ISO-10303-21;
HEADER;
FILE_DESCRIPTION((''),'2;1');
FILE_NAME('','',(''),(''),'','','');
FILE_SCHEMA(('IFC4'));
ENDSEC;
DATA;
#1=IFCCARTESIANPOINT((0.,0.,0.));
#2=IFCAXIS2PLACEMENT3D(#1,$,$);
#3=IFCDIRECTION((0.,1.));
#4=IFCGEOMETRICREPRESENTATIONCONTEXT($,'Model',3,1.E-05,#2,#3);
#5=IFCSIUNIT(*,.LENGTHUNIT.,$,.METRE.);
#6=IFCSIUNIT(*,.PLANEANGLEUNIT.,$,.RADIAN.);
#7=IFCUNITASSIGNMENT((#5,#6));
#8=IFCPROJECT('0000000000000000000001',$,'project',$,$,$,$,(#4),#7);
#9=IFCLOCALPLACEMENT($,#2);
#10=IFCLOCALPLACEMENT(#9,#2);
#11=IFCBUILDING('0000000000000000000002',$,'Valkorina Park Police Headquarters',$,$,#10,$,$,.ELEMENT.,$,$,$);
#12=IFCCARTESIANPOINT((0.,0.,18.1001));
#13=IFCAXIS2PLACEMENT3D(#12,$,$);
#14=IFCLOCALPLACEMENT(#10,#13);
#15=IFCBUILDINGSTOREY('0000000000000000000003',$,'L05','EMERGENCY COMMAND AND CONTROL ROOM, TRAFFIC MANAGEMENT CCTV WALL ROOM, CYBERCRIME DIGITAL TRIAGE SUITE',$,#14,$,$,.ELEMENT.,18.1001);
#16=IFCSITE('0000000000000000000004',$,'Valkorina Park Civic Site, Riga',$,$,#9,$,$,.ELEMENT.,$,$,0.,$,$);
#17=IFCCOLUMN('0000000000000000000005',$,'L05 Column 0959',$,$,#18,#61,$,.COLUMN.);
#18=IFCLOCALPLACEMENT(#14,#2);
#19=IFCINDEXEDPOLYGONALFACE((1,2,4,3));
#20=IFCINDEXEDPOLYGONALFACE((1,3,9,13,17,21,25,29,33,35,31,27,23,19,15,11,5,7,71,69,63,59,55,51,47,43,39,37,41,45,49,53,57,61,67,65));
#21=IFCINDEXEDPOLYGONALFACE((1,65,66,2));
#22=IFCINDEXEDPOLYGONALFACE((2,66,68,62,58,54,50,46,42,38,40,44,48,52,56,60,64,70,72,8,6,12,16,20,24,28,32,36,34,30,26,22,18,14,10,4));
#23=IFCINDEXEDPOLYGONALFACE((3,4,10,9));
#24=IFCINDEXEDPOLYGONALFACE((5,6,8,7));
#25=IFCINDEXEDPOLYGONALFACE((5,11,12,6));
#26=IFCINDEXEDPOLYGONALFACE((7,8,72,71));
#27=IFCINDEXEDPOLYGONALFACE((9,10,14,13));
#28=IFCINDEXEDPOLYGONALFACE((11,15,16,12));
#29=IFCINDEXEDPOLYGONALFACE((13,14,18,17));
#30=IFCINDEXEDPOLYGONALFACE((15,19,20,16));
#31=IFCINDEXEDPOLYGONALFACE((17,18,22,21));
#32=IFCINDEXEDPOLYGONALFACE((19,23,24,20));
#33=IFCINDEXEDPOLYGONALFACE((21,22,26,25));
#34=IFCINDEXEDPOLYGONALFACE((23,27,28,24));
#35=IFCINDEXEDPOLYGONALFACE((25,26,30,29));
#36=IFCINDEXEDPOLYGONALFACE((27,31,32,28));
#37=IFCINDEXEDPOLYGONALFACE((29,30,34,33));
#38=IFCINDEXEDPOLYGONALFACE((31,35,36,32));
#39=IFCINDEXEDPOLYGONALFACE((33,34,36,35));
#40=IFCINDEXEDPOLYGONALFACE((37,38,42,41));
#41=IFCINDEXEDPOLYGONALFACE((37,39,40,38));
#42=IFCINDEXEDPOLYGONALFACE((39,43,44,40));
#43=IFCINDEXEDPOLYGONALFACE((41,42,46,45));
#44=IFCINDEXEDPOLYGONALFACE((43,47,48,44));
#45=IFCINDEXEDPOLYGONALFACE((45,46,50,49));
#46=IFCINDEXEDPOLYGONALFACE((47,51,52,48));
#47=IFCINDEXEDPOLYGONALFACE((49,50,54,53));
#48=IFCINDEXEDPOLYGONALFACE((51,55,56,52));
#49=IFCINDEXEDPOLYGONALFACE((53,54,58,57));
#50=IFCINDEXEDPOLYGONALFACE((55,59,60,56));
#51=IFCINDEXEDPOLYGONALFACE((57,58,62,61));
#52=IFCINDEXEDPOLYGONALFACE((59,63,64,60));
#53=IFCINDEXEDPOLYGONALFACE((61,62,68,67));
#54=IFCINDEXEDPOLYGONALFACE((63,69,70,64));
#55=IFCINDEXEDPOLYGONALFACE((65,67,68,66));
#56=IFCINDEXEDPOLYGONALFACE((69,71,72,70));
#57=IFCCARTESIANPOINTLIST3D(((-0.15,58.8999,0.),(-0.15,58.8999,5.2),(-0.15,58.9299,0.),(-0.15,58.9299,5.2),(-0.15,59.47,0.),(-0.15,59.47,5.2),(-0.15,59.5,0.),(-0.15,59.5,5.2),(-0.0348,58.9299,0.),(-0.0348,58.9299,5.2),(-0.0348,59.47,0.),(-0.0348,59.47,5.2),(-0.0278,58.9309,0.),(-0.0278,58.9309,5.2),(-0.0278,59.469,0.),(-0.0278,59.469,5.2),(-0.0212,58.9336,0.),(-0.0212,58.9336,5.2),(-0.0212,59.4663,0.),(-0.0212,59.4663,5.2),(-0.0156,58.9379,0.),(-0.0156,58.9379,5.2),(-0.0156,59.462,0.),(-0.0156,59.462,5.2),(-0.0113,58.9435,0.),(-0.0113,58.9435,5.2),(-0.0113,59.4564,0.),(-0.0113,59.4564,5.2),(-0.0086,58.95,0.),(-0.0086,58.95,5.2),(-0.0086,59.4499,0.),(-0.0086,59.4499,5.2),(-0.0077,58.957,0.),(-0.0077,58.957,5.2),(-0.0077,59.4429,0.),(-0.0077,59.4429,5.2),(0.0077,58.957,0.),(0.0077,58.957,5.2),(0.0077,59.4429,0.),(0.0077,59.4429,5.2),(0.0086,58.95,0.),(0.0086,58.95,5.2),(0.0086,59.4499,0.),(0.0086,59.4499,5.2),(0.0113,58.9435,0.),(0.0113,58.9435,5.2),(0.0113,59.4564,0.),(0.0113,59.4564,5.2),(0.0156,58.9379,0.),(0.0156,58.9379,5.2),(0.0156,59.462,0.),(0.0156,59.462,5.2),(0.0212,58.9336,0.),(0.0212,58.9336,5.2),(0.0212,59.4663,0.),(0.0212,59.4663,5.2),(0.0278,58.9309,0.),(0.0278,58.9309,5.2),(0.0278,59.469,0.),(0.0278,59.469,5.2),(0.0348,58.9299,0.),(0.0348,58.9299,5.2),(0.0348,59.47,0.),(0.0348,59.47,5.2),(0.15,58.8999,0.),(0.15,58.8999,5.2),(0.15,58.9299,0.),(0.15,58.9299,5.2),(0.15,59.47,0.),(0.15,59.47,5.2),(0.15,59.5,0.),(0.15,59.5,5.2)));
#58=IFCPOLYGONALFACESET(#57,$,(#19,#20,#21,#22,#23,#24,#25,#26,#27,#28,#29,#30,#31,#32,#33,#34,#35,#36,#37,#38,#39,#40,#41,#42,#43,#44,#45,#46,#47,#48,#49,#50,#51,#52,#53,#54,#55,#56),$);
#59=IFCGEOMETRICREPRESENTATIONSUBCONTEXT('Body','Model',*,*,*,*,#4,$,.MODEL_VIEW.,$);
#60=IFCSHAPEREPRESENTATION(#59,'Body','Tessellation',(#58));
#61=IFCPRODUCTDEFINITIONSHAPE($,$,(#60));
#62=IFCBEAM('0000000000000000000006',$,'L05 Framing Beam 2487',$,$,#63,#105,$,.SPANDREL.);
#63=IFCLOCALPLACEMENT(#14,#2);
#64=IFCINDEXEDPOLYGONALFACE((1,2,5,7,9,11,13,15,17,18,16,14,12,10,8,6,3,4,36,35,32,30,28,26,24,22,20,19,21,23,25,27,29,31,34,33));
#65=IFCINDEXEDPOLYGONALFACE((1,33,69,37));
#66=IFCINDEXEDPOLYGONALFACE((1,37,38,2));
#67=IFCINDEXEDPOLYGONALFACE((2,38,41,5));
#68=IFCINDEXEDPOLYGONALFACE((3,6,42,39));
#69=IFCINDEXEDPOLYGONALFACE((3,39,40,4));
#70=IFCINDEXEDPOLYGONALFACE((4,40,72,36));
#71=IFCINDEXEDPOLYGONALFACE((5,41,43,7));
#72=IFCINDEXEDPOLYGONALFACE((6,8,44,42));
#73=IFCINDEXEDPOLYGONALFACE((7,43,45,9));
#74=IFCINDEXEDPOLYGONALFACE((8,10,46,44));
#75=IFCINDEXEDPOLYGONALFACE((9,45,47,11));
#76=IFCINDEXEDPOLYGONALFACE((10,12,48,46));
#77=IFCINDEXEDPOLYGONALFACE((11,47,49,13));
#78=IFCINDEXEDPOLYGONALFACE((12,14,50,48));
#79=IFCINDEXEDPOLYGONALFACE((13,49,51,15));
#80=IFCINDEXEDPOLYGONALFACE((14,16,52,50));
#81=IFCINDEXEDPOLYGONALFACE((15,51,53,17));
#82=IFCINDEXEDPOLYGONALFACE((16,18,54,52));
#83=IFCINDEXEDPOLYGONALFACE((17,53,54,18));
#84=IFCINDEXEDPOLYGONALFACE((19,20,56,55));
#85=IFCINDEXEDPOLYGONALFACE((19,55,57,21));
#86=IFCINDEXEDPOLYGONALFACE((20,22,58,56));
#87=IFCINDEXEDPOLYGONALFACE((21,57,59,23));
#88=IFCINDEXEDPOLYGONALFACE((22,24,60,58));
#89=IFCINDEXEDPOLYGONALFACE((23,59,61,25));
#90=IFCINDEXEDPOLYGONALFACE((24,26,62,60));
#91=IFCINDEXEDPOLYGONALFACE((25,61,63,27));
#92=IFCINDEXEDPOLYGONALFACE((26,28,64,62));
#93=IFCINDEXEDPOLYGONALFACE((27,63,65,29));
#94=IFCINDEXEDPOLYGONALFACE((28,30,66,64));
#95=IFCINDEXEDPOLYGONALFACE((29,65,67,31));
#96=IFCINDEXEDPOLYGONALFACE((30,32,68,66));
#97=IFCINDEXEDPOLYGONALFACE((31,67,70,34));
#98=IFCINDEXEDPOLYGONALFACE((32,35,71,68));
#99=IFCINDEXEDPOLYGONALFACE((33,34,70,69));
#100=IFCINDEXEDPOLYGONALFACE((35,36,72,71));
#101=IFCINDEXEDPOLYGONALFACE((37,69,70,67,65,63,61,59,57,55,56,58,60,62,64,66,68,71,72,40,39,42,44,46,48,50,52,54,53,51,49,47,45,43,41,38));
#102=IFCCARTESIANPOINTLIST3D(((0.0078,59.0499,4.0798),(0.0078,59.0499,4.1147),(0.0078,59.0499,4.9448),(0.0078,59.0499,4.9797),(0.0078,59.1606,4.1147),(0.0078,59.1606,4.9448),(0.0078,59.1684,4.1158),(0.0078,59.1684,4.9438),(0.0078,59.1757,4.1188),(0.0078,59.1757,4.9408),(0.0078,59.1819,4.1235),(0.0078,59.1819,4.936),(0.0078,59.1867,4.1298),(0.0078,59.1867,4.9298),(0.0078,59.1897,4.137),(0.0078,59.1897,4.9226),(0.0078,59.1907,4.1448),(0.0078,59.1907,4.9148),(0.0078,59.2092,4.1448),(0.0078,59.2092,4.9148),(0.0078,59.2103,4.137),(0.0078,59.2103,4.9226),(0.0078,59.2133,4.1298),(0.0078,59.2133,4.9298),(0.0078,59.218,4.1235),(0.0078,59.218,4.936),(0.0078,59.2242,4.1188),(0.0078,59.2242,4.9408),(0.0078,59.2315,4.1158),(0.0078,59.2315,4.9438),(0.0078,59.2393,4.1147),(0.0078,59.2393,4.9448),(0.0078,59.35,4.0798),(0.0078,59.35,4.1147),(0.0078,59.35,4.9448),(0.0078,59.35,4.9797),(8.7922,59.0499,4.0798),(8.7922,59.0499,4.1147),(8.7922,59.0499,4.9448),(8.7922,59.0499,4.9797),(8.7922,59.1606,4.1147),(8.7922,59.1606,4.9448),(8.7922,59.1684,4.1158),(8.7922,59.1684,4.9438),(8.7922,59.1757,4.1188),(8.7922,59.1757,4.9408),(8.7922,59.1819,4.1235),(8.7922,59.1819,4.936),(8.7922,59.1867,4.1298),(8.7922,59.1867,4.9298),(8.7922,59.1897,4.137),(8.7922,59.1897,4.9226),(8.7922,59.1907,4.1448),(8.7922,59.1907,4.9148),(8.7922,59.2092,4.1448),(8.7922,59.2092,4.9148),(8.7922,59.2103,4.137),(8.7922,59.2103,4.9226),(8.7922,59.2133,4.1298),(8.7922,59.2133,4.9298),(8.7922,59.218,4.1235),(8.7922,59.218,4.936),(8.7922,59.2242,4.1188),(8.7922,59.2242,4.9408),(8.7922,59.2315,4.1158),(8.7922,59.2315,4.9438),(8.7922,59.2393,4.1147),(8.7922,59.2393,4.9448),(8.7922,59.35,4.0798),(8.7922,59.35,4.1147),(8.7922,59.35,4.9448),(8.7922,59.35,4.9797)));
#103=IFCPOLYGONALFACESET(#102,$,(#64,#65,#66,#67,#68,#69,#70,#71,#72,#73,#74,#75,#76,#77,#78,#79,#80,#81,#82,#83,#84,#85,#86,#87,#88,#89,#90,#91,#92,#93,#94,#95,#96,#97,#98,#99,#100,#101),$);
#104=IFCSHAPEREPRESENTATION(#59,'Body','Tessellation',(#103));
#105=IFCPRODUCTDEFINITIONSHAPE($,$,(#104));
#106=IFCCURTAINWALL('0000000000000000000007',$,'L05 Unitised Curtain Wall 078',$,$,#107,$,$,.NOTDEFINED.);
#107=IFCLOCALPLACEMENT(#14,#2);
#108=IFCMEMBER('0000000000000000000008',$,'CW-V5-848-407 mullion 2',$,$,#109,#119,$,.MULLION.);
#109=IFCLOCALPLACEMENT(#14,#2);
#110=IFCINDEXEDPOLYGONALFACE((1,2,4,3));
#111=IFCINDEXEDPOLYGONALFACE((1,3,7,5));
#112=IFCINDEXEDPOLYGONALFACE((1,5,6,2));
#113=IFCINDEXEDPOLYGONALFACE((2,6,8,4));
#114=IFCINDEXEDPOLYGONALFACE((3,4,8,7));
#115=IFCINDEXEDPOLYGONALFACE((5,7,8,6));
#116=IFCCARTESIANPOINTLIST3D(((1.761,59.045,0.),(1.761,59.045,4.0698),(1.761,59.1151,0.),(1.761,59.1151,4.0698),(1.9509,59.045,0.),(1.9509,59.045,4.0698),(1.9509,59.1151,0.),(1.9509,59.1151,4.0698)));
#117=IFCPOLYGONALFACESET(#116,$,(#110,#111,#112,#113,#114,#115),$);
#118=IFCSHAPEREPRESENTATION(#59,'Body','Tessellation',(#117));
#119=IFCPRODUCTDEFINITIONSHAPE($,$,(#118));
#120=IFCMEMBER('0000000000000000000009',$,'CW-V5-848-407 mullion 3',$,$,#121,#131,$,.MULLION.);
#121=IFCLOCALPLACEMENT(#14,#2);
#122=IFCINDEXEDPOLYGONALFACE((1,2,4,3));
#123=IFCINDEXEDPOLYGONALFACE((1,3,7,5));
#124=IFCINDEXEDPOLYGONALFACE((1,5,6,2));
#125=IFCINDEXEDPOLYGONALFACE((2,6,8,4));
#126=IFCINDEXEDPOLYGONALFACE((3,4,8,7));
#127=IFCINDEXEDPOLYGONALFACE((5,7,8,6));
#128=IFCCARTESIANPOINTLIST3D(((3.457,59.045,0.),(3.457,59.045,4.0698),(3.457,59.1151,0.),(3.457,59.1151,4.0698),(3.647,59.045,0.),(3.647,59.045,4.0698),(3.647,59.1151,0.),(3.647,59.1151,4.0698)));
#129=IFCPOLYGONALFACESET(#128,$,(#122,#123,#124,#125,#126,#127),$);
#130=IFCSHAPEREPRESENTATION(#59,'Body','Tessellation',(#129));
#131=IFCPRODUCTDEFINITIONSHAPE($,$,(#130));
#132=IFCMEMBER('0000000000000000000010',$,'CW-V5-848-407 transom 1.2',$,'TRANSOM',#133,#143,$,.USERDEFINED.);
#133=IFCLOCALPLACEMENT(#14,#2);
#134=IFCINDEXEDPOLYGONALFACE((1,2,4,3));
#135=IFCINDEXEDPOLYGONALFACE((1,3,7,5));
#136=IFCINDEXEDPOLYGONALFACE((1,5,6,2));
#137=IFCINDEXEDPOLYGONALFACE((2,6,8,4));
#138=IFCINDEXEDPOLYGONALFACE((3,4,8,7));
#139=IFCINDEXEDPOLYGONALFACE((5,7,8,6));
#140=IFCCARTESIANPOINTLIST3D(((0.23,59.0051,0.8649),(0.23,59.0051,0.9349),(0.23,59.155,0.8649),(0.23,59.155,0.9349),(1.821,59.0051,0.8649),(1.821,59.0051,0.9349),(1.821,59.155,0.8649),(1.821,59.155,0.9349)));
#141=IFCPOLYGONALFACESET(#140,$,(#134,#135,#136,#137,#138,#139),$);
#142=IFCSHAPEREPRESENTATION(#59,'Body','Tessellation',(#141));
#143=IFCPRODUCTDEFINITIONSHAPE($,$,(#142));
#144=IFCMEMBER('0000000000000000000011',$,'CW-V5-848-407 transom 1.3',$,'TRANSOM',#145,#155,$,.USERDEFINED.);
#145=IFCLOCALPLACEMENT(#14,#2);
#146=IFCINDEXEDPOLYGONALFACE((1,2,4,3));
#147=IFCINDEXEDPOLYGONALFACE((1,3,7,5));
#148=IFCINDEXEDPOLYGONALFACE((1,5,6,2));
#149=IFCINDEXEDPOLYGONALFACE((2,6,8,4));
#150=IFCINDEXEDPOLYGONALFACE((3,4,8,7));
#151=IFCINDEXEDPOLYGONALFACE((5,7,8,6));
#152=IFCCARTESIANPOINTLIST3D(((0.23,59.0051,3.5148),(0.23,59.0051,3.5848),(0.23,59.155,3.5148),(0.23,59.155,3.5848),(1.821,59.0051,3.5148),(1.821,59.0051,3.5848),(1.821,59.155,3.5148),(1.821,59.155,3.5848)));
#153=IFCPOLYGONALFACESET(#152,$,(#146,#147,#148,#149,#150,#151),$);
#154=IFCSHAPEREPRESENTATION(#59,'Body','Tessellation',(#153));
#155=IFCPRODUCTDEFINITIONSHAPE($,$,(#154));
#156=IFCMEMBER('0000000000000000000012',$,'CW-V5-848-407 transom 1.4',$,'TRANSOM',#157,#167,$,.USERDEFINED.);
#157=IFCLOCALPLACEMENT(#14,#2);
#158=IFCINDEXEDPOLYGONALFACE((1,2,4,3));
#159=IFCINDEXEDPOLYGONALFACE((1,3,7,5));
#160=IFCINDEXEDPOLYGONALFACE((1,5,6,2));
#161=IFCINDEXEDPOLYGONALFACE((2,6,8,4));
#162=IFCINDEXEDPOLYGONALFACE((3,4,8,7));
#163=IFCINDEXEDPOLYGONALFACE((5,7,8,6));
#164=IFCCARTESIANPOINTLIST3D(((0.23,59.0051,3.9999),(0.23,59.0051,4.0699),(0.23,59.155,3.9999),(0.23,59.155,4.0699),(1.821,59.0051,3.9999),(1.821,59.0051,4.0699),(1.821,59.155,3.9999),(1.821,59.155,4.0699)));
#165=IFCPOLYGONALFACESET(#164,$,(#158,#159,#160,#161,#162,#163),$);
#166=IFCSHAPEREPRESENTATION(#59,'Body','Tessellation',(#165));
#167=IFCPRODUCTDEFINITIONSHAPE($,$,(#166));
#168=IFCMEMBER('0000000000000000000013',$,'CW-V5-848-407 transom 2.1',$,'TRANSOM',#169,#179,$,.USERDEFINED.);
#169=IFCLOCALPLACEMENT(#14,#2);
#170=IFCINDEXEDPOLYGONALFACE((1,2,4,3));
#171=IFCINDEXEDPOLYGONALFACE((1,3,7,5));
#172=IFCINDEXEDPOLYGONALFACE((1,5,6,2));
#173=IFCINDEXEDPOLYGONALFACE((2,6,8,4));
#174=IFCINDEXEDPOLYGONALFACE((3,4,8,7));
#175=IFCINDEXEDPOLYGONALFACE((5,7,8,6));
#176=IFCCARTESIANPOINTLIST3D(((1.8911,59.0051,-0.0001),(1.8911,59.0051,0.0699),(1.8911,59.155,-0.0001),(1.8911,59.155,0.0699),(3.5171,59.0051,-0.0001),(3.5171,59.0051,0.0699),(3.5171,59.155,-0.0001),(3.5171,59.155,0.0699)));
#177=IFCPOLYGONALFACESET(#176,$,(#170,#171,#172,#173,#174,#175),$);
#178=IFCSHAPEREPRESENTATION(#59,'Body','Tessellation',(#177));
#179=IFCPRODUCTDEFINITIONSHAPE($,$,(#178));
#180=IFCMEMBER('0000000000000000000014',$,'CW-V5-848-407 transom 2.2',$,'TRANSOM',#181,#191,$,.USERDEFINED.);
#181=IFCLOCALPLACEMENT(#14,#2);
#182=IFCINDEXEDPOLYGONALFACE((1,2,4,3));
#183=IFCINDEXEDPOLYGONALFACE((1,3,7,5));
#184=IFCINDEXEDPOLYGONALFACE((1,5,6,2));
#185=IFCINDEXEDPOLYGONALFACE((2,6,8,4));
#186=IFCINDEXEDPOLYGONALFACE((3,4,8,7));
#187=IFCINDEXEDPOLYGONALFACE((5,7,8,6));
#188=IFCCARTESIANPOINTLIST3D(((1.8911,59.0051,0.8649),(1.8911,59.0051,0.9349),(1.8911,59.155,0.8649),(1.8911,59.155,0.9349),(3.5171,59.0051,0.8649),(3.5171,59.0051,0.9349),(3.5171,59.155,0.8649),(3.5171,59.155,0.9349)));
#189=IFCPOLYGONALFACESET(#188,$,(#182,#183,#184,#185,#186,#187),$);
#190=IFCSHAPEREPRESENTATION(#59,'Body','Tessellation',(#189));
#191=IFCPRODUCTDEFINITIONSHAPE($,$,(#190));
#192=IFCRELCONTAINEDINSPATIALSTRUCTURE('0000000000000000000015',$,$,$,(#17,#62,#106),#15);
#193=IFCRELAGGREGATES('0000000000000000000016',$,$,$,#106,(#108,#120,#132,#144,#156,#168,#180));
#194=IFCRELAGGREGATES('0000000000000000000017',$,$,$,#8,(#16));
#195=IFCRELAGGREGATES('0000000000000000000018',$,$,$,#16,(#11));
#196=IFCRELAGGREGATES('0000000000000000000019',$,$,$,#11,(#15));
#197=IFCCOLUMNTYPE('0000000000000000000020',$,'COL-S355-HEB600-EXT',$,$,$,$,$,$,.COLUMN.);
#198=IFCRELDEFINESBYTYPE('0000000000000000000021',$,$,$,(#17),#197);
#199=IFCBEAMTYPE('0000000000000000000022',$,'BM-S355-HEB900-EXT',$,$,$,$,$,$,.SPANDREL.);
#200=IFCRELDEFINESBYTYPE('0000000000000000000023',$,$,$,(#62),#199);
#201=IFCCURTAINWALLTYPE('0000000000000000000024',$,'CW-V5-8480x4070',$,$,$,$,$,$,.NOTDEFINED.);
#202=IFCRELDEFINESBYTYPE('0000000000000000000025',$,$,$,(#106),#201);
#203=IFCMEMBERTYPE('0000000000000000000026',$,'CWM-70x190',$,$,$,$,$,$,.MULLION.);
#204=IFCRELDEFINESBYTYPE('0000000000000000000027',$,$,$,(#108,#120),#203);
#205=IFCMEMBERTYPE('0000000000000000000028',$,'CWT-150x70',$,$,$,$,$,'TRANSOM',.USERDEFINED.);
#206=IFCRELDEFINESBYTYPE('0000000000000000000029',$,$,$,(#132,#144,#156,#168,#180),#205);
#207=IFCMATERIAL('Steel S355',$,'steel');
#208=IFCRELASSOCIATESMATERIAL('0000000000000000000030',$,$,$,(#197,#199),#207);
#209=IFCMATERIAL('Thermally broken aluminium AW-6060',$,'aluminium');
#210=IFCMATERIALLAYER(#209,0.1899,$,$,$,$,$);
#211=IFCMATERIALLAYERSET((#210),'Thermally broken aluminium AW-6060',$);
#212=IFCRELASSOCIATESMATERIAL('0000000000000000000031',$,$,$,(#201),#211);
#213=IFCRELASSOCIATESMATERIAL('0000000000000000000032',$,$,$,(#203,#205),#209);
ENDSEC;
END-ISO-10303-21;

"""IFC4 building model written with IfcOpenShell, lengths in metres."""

from ifc_helpers import new_model, si_unit, direction, frame, origin, origin_2d, place, context, subcontext, project, spatial, rectangle, i_section, extrude, material, layer, layer_set, material_profile, profile_set, type_object, element, aggregate, save


model = new_model("IFC4")

# Units and contexts
model_context = context("Model", 3, precision=1e-05, world=origin(), true_north=direction((0.0, 1.0)))
body_context = subcontext(model_context, "Body", "Model", "MODEL_VIEW")
ifc_project = project(units=[si_unit("LENGTHUNIT", "METRE"), si_unit("PLANEANGLEUNIT", "RADIAN")], contexts=[model_context])

# Site, building, storey
site_placement = place(None, origin())
site = spatial("IfcSite", under=ifc_project, at=site_placement, Name="Valkorina Park Civic Site, Riga", CompositionType="ELEMENT", RefElevation=0.0)
building_placement = place(site_placement, origin())
building = spatial("IfcBuilding", under=site, at=building_placement, Name="Valkorina Park Police Headquarters", CompositionType="ELEMENT")
storey_placement = place(building_placement, frame((0.0, 0.0, 18.1001)))
storey = spatial("IfcBuildingStorey", under=building, at=storey_placement, Name="L05", Description="EMERGENCY COMMAND AND CONTROL ROOM, TRAFFIC MANAGEMENT CCTV WALL ROOM, CYBERCRIME DIGITAL TRIAGE SUITE", CompositionType="ELEMENT", Elevation=18.1001)

# Column
ifc_material_1 = material(Name="Steel S355", Category="steel")
ifc_material_profile_1 = material_profile(ifc_material_1, i_section(OverallWidth=0.3, OverallDepth=0.6001, WebThickness=0.0154, FlangeThickness=0.03, FilletRadius=0.0271, at=origin_2d()), Name="HEB 600")
ifc_profile_set_1 = profile_set([ifc_material_profile_1], Name="Steel S355")
column_type = type_object("IfcColumnType", Name="COL-S355-HEB600-EXT", PredefinedType="COLUMN", material=ifc_profile_set_1)
column_placement = place(storey_placement, frame((0.0, 59.2, 0.0), z_axis=(0.0, 0.0, 1.0), x_axis=(1.0, 0.0, 0.0)))
element("IfcColumn", 1, at=column_placement, inside=storey, type_object=column_type, Name="L05 Column 0959", PredefinedType="COLUMN", context=body_context, shape_type="SweptSolid", body=[
    extrude(i_section(OverallWidth=0.3, OverallDepth=0.6001, WebThickness=0.0154, FlangeThickness=0.03, FilletRadius=0.0271, at=origin_2d()), origin(), (0.0, 0.0, 1.0), 5.2),
])

# Beam
ifc_material_profile_2 = material_profile(ifc_material_1, i_section(OverallWidth=0.3, OverallDepth=0.8999, WebThickness=0.0186, FlangeThickness=0.0349, FilletRadius=0.03, at=origin_2d()), Name="HEB 900")
ifc_profile_set_2 = profile_set([ifc_material_profile_2], Name="Steel S355")
beam_type = type_object("IfcBeamType", Name="BM-S355-HEB900-EXT", PredefinedType="SPANDREL", material=ifc_profile_set_2)
beam_placement = place(storey_placement, frame((0.0078, 59.2, 4.5298), z_axis=(1.0, 0.0, 0.0), x_axis=(0.0, 1.0, 0.0)))
element("IfcBeam", 2, at=beam_placement, inside=storey, type_object=beam_type, Name="L05 Framing Beam 2487", PredefinedType="SPANDREL", context=body_context, shape_type="SweptSolid", body=[
    extrude(i_section(OverallWidth=0.3, OverallDepth=0.8999, WebThickness=0.0186, FlangeThickness=0.0349, FilletRadius=0.03, at=origin_2d()), origin(), (0.0, 0.0, 1.0), 8.7844),
])

# Curtain wall, members
ifc_material_2 = material(Name="Thermally broken aluminium AW-6060", Category="aluminium")
ifc_layer_1 = layer(ifc_material_2, 0.1899)
ifc_layer_set_1 = layer_set([ifc_layer_1], Name="Thermally broken aluminium AW-6060")
curtain_wall_type = type_object("IfcCurtainWallType", Name="CW-V5-8480x4070", PredefinedType="NOTDEFINED", material=ifc_layer_set_1)
curtain_wall_placement = place(storey_placement, origin())
curtain_wall = element("IfcCurtainWall", 3, at=curtain_wall_placement, inside=storey, type_object=curtain_wall_type, Name="L05 Unitised Curtain Wall 078", PredefinedType="NOTDEFINED")
ifc_material_profile_3 = material_profile(ifc_material_2, rectangle(XDim=0.0701, YDim=0.1899, at=origin_2d()), Name="CWM-02 70x190")
ifc_profile_set_3 = profile_set([ifc_material_profile_3], Name="Thermally broken aluminium AW-6060")
member_type_1 = type_object("IfcMemberType", Name="CWM-70x190", PredefinedType="MULLION", material=ifc_profile_set_3)
member_1_placement = place(storey_placement, frame((1.856, 59.0801, 0.0), z_axis=(0.0, 0.0, 1.0), x_axis=(0.0, 1.0, 0.0)))
member_1 = element("IfcMember", 4, at=member_1_placement, type_object=member_type_1, Name="CW-V5-848-407 mullion 2", PredefinedType="MULLION", context=body_context, shape_type="SweptSolid", body=[
    extrude(rectangle(XDim=0.0701, YDim=0.1899, at=origin_2d()), origin(), (0.0, 0.0, 1.0), 4.0698),
])
member_2_placement = place(storey_placement, frame((3.552, 59.0801, 0.0), z_axis=(0.0, 0.0, 1.0), x_axis=(0.0, 1.0, 0.0)))
member_2 = element("IfcMember", 5, at=member_2_placement, type_object=member_type_1, Name="CW-V5-848-407 mullion 3", PredefinedType="MULLION", context=body_context, shape_type="SweptSolid", body=[
    extrude(rectangle(XDim=0.0701, YDim=0.1899, at=origin_2d()), origin(), (0.0, 0.0, 1.0), 4.0698),
])
ifc_material_profile_4 = material_profile(ifc_material_2, rectangle(XDim=0.1499, YDim=0.0701, at=origin_2d()), Name="CWT-02 150x70")
ifc_profile_set_4 = profile_set([ifc_material_profile_4], Name="Thermally broken aluminium AW-6060")
member_type_2 = type_object("IfcMemberType", Name="CWT-150x70", ElementType="TRANSOM", PredefinedType="USERDEFINED", material=ifc_profile_set_4)
member_3_placement = place(storey_placement, frame((0.23, 59.0801, 0.8999), z_axis=(1.0, 0.0, 0.0), x_axis=(0.0, 1.0, 0.0)))
member_3 = element("IfcMember", 6, at=member_3_placement, type_object=member_type_2, Name="CW-V5-848-407 transom 1.2", ObjectType="TRANSOM", PredefinedType="USERDEFINED", context=body_context, shape_type="SweptSolid", body=[
    extrude(rectangle(XDim=0.1499, YDim=0.0701, at=origin_2d()), origin(), (0.0, 0.0, 1.0), 1.5911),
])
member_4_placement = place(storey_placement, frame((0.23, 59.0801, 3.5498), z_axis=(1.0, 0.0, 0.0), x_axis=(0.0, 1.0, 0.0)))
member_4 = element("IfcMember", 7, at=member_4_placement, type_object=member_type_2, Name="CW-V5-848-407 transom 1.3", ObjectType="TRANSOM", PredefinedType="USERDEFINED", context=body_context, shape_type="SweptSolid", body=[
    extrude(rectangle(XDim=0.1499, YDim=0.0701, at=origin_2d()), origin(), (0.0, 0.0, 1.0), 1.5911),
])
member_5_placement = place(storey_placement, frame((0.23, 59.0801, 4.0349), z_axis=(1.0, 0.0, 0.0), x_axis=(0.0, 1.0, 0.0)))
member_5 = element("IfcMember", 8, at=member_5_placement, type_object=member_type_2, Name="CW-V5-848-407 transom 1.4", ObjectType="TRANSOM", PredefinedType="USERDEFINED", context=body_context, shape_type="SweptSolid", body=[
    extrude(rectangle(XDim=0.1499, YDim=0.0701, at=origin_2d()), origin(), (0.0, 0.0, 1.0), 1.5911),
])
member_6_placement = place(storey_placement, frame((1.8911, 59.0801, 0.0349), z_axis=(1.0, 0.0, 0.0), x_axis=(0.0, 1.0, 0.0)))
member_6 = element("IfcMember", 9, at=member_6_placement, type_object=member_type_2, Name="CW-V5-848-407 transom 2.1", ObjectType="TRANSOM", PredefinedType="USERDEFINED", context=body_context, shape_type="SweptSolid", body=[
    extrude(rectangle(XDim=0.1499, YDim=0.0701, at=origin_2d()), origin(), (0.0, 0.0, 1.0), 1.626),
])
member_7_placement = place(storey_placement, frame((1.8911, 59.0801, 0.8999), z_axis=(1.0, 0.0, 0.0), x_axis=(0.0, 1.0, 0.0)))
member_7 = element("IfcMember", 10, at=member_7_placement, type_object=member_type_2, Name="CW-V5-848-407 transom 2.2", ObjectType="TRANSOM", PredefinedType="USERDEFINED", context=body_context, shape_type="SweptSolid", body=[
    extrude(rectangle(XDim=0.1499, YDim=0.0701, at=origin_2d()), origin(), (0.0, 0.0, 1.0), 1.626),
])
aggregate(curtain_wall, [member_1, member_2, member_3, member_4, member_5, member_6, member_7])

save(model, "model.ifc")
